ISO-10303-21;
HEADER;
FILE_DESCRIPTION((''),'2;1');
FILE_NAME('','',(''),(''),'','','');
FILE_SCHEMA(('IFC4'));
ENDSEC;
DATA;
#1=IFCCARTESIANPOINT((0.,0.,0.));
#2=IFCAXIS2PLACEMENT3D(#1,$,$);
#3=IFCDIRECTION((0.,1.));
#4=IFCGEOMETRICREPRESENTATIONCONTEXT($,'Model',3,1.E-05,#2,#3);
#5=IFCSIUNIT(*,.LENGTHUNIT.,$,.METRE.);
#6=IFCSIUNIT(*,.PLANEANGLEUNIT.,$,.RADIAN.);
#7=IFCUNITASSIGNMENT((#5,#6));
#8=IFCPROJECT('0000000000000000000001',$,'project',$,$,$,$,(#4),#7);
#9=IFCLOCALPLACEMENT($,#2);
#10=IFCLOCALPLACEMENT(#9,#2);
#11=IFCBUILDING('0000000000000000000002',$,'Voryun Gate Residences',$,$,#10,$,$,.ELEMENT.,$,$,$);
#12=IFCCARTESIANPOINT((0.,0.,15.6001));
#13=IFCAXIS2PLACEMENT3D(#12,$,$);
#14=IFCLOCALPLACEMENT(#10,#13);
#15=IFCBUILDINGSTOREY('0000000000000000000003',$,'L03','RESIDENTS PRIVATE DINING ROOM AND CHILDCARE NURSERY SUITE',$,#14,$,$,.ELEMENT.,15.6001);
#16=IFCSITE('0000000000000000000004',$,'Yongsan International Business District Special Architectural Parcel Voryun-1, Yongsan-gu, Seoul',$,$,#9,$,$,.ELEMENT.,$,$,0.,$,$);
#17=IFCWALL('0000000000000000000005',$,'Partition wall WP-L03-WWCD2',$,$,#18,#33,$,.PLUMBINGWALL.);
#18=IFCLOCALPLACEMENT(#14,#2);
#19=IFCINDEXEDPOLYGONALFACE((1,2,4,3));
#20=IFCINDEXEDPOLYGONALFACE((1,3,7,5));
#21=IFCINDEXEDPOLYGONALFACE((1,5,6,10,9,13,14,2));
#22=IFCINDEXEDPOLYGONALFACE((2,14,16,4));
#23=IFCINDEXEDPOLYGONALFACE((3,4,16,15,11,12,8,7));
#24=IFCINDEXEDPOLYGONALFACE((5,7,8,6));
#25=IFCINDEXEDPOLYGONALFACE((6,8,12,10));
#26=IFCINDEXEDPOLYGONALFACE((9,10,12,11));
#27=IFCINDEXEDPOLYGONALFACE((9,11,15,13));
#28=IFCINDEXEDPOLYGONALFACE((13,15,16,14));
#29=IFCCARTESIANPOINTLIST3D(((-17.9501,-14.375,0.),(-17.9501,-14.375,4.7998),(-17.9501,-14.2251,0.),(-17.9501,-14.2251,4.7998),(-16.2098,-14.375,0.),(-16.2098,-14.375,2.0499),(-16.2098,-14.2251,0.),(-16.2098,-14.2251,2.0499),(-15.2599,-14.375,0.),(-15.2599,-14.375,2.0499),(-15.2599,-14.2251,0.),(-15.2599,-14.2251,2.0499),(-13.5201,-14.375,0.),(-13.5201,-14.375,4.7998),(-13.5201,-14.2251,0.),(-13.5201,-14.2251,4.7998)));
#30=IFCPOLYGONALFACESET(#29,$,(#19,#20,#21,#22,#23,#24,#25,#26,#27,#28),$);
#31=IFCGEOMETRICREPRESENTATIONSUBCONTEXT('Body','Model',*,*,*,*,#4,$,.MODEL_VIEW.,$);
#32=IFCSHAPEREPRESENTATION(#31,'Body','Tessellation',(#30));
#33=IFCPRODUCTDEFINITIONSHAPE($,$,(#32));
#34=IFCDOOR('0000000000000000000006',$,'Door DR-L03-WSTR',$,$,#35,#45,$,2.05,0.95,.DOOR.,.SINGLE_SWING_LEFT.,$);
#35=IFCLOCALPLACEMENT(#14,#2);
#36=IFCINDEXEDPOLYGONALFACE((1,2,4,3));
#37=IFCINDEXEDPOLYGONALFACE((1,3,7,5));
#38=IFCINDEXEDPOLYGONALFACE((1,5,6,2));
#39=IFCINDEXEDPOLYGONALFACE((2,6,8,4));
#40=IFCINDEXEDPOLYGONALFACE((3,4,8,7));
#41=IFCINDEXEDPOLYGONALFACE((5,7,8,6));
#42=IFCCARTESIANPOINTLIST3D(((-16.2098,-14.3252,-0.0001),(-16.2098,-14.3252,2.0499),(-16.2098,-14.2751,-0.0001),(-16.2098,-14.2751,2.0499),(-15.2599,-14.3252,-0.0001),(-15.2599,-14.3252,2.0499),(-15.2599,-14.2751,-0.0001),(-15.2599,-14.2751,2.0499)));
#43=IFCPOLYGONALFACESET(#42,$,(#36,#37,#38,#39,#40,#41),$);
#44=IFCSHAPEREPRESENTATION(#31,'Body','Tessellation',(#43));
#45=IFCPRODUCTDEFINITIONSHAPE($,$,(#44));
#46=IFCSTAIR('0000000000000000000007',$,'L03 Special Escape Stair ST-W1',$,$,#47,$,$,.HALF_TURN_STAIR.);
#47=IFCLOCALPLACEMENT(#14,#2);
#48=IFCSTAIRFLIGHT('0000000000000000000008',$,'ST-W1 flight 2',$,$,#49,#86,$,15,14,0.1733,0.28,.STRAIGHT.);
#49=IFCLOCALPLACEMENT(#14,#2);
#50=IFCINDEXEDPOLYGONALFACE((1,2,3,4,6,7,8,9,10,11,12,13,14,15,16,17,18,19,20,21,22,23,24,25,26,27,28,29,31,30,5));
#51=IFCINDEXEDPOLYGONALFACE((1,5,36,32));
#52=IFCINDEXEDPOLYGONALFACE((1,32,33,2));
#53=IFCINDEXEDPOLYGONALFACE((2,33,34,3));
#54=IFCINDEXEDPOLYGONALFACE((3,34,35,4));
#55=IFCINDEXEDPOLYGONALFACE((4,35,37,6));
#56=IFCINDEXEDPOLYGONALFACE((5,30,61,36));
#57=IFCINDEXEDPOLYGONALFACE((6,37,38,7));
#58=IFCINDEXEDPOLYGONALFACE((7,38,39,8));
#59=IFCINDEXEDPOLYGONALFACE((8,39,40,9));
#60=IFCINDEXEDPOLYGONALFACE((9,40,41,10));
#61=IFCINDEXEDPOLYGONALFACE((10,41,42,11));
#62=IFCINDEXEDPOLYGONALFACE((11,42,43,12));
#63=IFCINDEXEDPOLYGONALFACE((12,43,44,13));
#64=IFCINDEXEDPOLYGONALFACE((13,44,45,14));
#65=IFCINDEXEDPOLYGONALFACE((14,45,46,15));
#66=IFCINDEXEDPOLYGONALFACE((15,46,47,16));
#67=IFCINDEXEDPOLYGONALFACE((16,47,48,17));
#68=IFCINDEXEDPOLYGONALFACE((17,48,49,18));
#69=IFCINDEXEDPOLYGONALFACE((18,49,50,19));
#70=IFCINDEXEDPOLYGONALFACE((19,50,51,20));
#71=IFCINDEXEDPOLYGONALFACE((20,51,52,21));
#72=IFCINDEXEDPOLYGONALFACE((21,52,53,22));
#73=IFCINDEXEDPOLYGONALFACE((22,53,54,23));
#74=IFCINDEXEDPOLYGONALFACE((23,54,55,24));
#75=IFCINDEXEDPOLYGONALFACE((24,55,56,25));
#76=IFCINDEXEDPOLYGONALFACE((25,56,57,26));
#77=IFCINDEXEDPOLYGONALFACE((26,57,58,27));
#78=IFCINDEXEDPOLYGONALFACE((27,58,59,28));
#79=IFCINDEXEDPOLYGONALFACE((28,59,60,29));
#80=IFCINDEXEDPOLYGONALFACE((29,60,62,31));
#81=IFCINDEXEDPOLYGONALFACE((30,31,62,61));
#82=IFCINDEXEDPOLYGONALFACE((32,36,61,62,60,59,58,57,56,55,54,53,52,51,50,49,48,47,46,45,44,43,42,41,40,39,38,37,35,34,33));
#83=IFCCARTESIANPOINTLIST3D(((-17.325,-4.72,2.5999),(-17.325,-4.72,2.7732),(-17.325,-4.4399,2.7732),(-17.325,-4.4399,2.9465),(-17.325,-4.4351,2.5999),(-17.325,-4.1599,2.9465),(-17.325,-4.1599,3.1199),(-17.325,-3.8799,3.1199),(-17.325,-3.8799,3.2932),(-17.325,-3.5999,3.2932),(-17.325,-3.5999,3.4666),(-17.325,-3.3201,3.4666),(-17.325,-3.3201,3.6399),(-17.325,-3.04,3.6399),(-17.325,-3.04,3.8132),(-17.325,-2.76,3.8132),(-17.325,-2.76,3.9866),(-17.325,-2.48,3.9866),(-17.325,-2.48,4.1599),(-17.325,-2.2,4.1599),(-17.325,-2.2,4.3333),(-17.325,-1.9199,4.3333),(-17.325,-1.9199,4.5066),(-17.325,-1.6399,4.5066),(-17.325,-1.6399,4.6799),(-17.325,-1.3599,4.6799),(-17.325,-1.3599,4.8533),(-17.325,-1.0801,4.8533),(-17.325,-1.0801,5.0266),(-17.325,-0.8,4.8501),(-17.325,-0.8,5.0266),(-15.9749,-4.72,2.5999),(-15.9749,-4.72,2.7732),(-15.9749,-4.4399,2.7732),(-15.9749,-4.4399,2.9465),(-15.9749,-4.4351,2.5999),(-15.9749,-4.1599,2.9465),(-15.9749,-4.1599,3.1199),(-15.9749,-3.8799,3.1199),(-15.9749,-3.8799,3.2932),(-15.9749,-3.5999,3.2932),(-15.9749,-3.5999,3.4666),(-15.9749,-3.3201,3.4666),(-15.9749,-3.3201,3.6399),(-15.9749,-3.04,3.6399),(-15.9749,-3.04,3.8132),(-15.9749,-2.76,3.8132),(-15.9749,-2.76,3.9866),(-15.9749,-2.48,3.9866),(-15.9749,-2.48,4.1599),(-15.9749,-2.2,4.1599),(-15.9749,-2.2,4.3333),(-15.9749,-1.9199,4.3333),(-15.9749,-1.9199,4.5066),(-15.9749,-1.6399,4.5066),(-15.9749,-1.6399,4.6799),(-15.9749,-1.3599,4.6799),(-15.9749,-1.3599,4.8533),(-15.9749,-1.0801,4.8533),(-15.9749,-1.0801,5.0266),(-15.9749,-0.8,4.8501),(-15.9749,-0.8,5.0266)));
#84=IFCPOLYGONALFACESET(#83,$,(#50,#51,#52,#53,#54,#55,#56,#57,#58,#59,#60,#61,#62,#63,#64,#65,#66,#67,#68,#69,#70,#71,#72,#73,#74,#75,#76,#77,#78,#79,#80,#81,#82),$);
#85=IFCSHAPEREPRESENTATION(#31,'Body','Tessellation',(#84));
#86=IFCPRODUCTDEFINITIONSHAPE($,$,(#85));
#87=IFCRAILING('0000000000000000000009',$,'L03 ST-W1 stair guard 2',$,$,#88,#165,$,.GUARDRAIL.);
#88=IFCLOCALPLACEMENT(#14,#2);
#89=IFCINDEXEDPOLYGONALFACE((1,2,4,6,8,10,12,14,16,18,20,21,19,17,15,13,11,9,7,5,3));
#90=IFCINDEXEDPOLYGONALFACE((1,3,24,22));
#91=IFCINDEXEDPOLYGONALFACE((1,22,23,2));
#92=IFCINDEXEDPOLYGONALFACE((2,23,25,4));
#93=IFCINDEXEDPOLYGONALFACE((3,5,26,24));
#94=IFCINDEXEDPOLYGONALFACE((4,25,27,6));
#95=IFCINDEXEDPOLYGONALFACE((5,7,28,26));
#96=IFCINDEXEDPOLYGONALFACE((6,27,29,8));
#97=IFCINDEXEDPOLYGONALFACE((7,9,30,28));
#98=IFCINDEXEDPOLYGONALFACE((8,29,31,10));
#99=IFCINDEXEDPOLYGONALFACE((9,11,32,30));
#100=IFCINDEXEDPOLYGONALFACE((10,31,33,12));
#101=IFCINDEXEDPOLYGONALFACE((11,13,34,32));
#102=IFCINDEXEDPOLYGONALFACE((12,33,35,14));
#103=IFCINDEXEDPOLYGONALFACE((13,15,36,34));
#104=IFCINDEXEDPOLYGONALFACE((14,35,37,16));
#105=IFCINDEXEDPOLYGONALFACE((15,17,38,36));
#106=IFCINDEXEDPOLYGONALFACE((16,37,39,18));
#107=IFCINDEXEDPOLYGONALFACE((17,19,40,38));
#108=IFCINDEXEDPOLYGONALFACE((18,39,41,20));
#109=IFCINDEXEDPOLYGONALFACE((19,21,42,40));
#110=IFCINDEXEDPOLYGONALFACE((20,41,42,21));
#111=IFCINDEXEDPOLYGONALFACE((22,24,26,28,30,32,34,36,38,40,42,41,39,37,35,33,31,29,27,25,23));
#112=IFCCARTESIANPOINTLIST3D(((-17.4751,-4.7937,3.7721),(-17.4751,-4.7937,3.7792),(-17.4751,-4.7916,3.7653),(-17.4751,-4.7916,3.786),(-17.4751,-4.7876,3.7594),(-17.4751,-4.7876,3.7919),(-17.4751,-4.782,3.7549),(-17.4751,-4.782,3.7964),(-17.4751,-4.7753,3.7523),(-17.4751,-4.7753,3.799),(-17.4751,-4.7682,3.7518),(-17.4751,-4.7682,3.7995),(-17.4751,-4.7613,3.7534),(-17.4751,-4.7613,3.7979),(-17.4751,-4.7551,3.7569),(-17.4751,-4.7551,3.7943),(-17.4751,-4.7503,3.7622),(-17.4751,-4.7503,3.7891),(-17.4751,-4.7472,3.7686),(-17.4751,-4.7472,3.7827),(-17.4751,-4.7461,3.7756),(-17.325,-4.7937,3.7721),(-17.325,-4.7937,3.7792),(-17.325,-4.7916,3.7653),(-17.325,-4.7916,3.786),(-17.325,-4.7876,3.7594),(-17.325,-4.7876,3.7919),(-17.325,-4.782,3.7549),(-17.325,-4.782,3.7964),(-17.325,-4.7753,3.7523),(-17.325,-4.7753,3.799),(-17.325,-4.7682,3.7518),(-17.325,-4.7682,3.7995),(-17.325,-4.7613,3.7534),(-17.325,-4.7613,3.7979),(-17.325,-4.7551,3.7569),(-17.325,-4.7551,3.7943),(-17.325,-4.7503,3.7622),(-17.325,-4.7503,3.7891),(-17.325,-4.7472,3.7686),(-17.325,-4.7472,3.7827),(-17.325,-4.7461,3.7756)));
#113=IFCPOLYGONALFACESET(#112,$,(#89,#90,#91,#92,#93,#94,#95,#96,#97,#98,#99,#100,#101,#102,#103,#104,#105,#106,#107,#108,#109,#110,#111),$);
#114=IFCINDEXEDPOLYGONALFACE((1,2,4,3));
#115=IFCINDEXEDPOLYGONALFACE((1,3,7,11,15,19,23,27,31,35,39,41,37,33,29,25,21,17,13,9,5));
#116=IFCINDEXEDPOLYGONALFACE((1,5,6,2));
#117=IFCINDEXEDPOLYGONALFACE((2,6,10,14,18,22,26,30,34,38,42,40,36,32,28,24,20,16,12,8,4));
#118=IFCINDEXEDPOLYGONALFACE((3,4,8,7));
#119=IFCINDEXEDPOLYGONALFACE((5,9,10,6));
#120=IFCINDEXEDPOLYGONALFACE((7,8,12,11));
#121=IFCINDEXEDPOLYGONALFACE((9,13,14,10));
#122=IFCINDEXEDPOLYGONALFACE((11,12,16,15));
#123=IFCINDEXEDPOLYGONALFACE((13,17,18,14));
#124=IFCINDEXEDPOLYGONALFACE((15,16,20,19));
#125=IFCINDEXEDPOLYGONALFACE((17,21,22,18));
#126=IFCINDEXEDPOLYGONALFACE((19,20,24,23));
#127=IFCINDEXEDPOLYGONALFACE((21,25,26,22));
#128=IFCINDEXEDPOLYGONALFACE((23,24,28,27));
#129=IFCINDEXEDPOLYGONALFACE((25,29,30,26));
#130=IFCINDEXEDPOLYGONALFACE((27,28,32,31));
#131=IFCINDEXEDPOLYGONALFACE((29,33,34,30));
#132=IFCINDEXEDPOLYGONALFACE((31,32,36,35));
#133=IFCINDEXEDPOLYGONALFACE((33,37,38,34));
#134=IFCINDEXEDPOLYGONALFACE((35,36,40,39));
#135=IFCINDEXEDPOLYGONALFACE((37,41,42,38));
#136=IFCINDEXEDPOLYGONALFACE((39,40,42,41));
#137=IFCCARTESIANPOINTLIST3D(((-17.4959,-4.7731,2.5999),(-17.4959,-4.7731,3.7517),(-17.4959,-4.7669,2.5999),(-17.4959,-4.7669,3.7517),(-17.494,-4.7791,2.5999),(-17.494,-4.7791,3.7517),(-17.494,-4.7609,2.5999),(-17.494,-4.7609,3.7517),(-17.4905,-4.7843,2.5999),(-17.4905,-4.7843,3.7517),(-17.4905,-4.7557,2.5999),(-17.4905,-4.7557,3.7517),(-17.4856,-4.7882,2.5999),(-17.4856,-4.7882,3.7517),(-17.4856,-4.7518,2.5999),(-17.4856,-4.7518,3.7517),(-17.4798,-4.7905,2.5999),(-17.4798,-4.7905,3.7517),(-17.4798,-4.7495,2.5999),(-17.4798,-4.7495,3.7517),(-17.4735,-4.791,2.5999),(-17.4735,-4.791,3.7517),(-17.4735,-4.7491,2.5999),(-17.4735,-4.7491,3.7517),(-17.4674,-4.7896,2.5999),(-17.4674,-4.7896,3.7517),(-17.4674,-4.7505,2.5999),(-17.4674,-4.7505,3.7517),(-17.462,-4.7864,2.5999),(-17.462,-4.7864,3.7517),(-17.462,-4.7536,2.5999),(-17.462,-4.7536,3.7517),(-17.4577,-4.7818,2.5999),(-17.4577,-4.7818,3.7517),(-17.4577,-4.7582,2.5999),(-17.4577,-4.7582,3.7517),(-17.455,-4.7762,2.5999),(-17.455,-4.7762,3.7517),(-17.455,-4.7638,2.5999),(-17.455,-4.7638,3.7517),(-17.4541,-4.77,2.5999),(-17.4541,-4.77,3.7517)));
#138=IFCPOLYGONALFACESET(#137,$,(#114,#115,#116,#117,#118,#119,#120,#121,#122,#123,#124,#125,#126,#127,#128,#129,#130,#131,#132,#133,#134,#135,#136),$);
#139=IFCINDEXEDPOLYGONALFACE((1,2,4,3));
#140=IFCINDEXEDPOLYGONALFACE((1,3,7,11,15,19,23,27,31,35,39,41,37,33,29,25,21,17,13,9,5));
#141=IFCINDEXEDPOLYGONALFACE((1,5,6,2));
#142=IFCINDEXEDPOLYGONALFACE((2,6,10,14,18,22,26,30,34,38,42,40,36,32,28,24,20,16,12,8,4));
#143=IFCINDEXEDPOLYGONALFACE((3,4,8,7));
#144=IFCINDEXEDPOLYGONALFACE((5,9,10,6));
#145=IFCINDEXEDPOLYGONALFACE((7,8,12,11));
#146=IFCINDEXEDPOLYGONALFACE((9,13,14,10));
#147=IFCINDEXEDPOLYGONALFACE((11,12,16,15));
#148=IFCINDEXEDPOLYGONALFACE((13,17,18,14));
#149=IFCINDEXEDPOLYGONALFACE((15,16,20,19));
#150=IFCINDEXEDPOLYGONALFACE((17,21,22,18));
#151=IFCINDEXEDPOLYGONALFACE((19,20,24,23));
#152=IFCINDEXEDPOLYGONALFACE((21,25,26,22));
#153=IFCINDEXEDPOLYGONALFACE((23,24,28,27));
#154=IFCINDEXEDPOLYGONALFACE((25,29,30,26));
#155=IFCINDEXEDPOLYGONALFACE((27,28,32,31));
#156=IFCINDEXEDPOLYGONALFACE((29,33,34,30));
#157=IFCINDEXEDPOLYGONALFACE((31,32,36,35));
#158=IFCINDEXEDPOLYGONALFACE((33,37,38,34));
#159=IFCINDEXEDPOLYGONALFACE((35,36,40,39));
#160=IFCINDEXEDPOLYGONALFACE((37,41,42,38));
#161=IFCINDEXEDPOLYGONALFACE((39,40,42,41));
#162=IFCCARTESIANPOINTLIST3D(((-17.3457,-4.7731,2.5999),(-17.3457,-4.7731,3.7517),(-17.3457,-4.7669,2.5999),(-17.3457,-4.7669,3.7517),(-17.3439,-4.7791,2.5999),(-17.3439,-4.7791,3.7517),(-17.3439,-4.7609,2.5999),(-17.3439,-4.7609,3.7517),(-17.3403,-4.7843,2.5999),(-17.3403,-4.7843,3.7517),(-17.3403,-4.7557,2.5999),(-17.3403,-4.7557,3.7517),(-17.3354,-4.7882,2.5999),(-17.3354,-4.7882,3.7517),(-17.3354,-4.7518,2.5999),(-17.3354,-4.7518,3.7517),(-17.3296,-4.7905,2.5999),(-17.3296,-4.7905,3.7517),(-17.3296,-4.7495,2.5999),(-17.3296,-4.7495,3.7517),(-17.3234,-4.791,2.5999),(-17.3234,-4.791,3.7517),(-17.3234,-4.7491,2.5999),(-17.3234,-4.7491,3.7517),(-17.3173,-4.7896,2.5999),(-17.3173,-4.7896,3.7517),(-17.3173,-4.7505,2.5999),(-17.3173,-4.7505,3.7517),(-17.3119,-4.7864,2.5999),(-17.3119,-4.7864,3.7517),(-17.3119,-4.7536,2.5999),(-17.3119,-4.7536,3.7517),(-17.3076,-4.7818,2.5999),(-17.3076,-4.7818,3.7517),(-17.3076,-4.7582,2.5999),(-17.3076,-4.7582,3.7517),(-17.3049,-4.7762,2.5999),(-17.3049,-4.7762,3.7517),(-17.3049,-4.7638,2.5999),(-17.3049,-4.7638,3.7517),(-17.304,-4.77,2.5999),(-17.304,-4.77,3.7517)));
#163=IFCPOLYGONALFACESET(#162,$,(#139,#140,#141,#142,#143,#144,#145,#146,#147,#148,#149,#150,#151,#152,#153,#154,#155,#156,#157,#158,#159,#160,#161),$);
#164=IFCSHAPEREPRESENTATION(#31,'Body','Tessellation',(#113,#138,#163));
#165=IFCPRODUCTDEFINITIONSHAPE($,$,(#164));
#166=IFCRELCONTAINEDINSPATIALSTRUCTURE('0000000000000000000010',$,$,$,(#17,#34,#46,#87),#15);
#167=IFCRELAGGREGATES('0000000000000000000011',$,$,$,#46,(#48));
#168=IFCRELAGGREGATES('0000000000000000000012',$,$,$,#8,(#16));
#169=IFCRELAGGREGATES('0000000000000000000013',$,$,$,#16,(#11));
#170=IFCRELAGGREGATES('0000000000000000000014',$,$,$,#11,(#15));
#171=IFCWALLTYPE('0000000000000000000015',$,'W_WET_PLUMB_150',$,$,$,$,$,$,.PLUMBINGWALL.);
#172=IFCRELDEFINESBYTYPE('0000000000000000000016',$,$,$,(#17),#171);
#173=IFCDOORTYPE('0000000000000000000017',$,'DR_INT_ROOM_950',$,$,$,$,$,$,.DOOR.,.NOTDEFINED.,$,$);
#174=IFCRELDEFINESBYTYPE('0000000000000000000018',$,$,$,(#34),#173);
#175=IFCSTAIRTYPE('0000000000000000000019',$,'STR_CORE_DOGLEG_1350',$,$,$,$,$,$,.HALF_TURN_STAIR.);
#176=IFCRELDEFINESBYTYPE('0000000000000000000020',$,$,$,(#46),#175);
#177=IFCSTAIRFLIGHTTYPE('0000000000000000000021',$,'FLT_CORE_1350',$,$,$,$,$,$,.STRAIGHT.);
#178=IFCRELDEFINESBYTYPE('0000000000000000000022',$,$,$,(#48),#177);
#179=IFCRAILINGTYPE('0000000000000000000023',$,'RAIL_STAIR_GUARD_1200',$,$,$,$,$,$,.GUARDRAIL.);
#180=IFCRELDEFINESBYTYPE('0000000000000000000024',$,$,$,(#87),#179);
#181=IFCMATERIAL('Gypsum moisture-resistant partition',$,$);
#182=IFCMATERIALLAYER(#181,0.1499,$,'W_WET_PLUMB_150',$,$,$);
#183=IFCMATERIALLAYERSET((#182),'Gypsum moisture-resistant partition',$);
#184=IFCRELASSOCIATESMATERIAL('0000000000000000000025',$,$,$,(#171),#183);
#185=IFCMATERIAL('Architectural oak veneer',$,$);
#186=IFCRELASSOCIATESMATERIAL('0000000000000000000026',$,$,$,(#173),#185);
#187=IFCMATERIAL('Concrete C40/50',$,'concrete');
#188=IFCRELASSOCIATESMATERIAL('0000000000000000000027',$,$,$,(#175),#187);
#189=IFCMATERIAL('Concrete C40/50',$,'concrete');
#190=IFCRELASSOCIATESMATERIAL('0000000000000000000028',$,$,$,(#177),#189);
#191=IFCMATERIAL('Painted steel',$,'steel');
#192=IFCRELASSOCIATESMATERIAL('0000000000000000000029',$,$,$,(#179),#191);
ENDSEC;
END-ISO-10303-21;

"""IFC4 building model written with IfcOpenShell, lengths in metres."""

from ifc_helpers import new_model, si_unit, direction, frame, frame_2d, origin, origin_2d, place, context, subcontext, project, spatial, polyline, rectangle, circle, outline, extrude, material, layer, layer_set, type_object, element, fill, aggregate, save


model = new_model("IFC4")

# Units and contexts
model_context = context("Model", 3, precision=1e-05, world=origin(), true_north=direction((0.0, 1.0)))
body_context = subcontext(model_context, "Body", "Model", "MODEL_VIEW")
ifc_project = project(units=[si_unit("LENGTHUNIT", "METRE"), si_unit("PLANEANGLEUNIT", "RADIAN")], contexts=[model_context])

# Site, building, storey
site_placement = place(None, origin())
site = spatial("IfcSite", under=ifc_project, at=site_placement, Name="Yongsan International Business District Special Architectural Parcel Voryun-1, Yongsan-gu, Seoul", CompositionType="ELEMENT", RefElevation=0.0)
building_placement = place(site_placement, origin())
building = spatial("IfcBuilding", under=site, at=building_placement, Name="Voryun Gate Residences", CompositionType="ELEMENT")
storey_placement = place(building_placement, frame((0.0, 0.0, 15.6001)))
storey = spatial("IfcBuildingStorey", under=building, at=storey_placement, Name="L03", Description="RESIDENTS PRIVATE DINING ROOM AND CHILDCARE NURSERY SUITE", CompositionType="ELEMENT", Elevation=15.6001)

# Shared definitions
ifc_material_1 = material(Name="Gypsum moisture-resistant partition")
ifc_layer_1 = layer(ifc_material_1, 0.1499, Name="W_WET_PLUMB_150")
ifc_layer_set_1 = layer_set([ifc_layer_1], Name="Gypsum moisture-resistant partition")
wall_type_1 = type_object("IfcWallType", Name="W_WET_PLUMB_150", PredefinedType="PLUMBINGWALL", material=ifc_layer_set_1)

# Wall, opening, door
wall_1_placement = place(storey_placement, frame((-17.95, -14.3, 0.0), z_axis=(0.0, 0.0, 1.0), x_axis=(1.0, 0.0, 0.0)))
wall_1 = element("IfcWall", 1, at=wall_1_placement, inside=storey, type_object=wall_type_1, Name="Partition wall WP-L03-WWCD2", PredefinedType="PLUMBINGWALL", context=body_context, shape_type="SweptSolid", body=[
    extrude(rectangle(XDim=4.4299, YDim=0.1499, at=frame_2d((2.2148, 0.0))), origin(), (0.0, 0.0, 1.0), 4.7998),
])
opening_1_placement = place(wall_1_placement, frame((1.74, 0.0, 0.0)))
opening_1 = element("IfcOpeningElement", 2, at=opening_1_placement, cuts=wall_1, PredefinedType="OPENING", context=body_context, shape_type="SweptSolid", body=[
    extrude(rectangle(XDim=0.95, YDim=2.05, at=frame_2d((0.4751, 1.0249))), frame((0.0, 0.085, 0.0), z_axis=(0.0, -1.0, 0.0), x_axis=(1.0, 0.0, 0.0)), (0.0, 0.0, 1.0), 0.1699),
])
ifc_material_2 = material(Name="Architectural oak veneer")
door_type_1 = type_object("IfcDoorType", Name="DR_INT_ROOM_950", OperationType="NOTDEFINED", PredefinedType="DOOR", material=ifc_material_2)
door_1_placement = place(opening_1_placement, origin())
door_1 = element("IfcDoor", 3, at=door_1_placement, inside=storey, type_object=door_type_1, Name="Door DR-L03-WSTR", OperationType="SINGLE_SWING_LEFT", OverallHeight=2.05, OverallWidth=0.95, PredefinedType="DOOR", context=body_context, shape_type="SweptSolid", body=[
    extrude(rectangle(XDim=0.95, YDim=2.05, at=frame_2d((0.4751, 1.0249))), frame((0.0, 0.0249, 0.0), z_axis=(0.0, -1.0, 0.0), x_axis=(1.0, 0.0, 0.0)), (0.0, 0.0, 1.0), 0.05),
])
fill(opening_1, door_1)

# Stair, stair flight
ifc_material_3 = material(Name="Concrete C40/50", Category="concrete")
stair_type = type_object("IfcStairType", Name="STR_CORE_DOGLEG_1350", PredefinedType="HALF_TURN_STAIR", material=ifc_material_3)
stair_placement = place(storey_placement, origin())
stair = element("IfcStair", 4, at=stair_placement, inside=storey, type_object=stair_type, Name="L03 Special Escape Stair ST-W1", PredefinedType="HALF_TURN_STAIR")
ifc_material_4 = material(Name="Concrete C40/50", Category="concrete")
stair_flight_type = type_object("IfcStairFlightType", Name="FLT_CORE_1350", PredefinedType="STRAIGHT", material=ifc_material_4)
stair_flight_placement = place(storey_placement, frame((-16.6499, -4.72, 2.5999), z_axis=(0.0, 0.0, 1.0), x_axis=(0.0, 1.0, 0.0)))
stair_flight = element("IfcStairFlight", 5, at=stair_flight_placement, type_object=stair_flight_type, Name="ST-W1 flight 2", NumberOfRisers=15, NumberOfTreads=14, PredefinedType="STRAIGHT", RiserHeight=0.1733, TreadLength=0.28, context=body_context, shape_type="SweptSolid", body=[
    extrude(outline(polyline([(0.0, 0.0), (0.0, 0.1733), (0.28, 0.1733), (0.28, 0.3467), (0.5601, 0.3467), (0.5601, 0.52), (0.8401, 0.52), (0.8401, 0.6934), (1.1201, 0.6934), (1.1201, 0.8667), (1.3999, 0.8667), (1.3999, 1.04), (1.6799, 1.04), (1.6799, 1.2134), (1.96, 1.2134), (1.96, 1.3867), (2.24, 1.3867), (2.24, 1.5601), (2.52, 1.5601), (2.52, 1.7334), (2.8, 1.7334), (2.8, 1.9067), (3.0801, 1.9067), (3.0801, 2.0801), (3.3601, 2.0801), (3.3601, 2.2534), (3.6399, 2.2534), (3.6399, 2.4268), (3.9199, 2.4268), (3.9199, 2.6001), (3.9199, 2.2502), (0.2849, 0.0), (0.0, 0.0)])), frame((0.0, 0.675, 0.0), z_axis=(0.0, -1.0, 0.0), x_axis=(1.0, 0.0, 0.0)), (0.0, 0.0, 1.0), 1.3501),
])
aggregate(stair, [stair_flight])

# Railing
ifc_material_5 = material(Name="Painted steel", Category="steel")
railing_type_1 = type_object("IfcRailingType", Name="RAIL_STAIR_GUARD_1200", PredefinedType="GUARDRAIL", material=ifc_material_5)
railing_1_placement = place(storey_placement, frame((-17.4751, -4.77, 2.5999)))
element("IfcRailing", 6, at=railing_1_placement, inside=storey, type_object=railing_type_1, Name="L03 ST-W1 stair guard 2", PredefinedType="GUARDRAIL", context=body_context, shape_type="SweptSolid", body=[
    extrude(circle(Radius=0.0239, at=origin_2d()), frame((0.0, 0.0, 1.1758), z_axis=(1.0, 0.0, 0.0), x_axis=(0.0, 1.0, 0.0)), (0.0, 0.0, 1.0), 0.1501),
    extrude(circle(Radius=0.021, at=origin_2d()), origin(), (0.0, 0.0, 1.0), 1.1519),
    extrude(circle(Radius=0.021, at=origin_2d()), frame((0.1501, 0.0, 0.0)), (0.0, 0.0, 1.0), 1.1519),
])

save(model, "model.ifc")
